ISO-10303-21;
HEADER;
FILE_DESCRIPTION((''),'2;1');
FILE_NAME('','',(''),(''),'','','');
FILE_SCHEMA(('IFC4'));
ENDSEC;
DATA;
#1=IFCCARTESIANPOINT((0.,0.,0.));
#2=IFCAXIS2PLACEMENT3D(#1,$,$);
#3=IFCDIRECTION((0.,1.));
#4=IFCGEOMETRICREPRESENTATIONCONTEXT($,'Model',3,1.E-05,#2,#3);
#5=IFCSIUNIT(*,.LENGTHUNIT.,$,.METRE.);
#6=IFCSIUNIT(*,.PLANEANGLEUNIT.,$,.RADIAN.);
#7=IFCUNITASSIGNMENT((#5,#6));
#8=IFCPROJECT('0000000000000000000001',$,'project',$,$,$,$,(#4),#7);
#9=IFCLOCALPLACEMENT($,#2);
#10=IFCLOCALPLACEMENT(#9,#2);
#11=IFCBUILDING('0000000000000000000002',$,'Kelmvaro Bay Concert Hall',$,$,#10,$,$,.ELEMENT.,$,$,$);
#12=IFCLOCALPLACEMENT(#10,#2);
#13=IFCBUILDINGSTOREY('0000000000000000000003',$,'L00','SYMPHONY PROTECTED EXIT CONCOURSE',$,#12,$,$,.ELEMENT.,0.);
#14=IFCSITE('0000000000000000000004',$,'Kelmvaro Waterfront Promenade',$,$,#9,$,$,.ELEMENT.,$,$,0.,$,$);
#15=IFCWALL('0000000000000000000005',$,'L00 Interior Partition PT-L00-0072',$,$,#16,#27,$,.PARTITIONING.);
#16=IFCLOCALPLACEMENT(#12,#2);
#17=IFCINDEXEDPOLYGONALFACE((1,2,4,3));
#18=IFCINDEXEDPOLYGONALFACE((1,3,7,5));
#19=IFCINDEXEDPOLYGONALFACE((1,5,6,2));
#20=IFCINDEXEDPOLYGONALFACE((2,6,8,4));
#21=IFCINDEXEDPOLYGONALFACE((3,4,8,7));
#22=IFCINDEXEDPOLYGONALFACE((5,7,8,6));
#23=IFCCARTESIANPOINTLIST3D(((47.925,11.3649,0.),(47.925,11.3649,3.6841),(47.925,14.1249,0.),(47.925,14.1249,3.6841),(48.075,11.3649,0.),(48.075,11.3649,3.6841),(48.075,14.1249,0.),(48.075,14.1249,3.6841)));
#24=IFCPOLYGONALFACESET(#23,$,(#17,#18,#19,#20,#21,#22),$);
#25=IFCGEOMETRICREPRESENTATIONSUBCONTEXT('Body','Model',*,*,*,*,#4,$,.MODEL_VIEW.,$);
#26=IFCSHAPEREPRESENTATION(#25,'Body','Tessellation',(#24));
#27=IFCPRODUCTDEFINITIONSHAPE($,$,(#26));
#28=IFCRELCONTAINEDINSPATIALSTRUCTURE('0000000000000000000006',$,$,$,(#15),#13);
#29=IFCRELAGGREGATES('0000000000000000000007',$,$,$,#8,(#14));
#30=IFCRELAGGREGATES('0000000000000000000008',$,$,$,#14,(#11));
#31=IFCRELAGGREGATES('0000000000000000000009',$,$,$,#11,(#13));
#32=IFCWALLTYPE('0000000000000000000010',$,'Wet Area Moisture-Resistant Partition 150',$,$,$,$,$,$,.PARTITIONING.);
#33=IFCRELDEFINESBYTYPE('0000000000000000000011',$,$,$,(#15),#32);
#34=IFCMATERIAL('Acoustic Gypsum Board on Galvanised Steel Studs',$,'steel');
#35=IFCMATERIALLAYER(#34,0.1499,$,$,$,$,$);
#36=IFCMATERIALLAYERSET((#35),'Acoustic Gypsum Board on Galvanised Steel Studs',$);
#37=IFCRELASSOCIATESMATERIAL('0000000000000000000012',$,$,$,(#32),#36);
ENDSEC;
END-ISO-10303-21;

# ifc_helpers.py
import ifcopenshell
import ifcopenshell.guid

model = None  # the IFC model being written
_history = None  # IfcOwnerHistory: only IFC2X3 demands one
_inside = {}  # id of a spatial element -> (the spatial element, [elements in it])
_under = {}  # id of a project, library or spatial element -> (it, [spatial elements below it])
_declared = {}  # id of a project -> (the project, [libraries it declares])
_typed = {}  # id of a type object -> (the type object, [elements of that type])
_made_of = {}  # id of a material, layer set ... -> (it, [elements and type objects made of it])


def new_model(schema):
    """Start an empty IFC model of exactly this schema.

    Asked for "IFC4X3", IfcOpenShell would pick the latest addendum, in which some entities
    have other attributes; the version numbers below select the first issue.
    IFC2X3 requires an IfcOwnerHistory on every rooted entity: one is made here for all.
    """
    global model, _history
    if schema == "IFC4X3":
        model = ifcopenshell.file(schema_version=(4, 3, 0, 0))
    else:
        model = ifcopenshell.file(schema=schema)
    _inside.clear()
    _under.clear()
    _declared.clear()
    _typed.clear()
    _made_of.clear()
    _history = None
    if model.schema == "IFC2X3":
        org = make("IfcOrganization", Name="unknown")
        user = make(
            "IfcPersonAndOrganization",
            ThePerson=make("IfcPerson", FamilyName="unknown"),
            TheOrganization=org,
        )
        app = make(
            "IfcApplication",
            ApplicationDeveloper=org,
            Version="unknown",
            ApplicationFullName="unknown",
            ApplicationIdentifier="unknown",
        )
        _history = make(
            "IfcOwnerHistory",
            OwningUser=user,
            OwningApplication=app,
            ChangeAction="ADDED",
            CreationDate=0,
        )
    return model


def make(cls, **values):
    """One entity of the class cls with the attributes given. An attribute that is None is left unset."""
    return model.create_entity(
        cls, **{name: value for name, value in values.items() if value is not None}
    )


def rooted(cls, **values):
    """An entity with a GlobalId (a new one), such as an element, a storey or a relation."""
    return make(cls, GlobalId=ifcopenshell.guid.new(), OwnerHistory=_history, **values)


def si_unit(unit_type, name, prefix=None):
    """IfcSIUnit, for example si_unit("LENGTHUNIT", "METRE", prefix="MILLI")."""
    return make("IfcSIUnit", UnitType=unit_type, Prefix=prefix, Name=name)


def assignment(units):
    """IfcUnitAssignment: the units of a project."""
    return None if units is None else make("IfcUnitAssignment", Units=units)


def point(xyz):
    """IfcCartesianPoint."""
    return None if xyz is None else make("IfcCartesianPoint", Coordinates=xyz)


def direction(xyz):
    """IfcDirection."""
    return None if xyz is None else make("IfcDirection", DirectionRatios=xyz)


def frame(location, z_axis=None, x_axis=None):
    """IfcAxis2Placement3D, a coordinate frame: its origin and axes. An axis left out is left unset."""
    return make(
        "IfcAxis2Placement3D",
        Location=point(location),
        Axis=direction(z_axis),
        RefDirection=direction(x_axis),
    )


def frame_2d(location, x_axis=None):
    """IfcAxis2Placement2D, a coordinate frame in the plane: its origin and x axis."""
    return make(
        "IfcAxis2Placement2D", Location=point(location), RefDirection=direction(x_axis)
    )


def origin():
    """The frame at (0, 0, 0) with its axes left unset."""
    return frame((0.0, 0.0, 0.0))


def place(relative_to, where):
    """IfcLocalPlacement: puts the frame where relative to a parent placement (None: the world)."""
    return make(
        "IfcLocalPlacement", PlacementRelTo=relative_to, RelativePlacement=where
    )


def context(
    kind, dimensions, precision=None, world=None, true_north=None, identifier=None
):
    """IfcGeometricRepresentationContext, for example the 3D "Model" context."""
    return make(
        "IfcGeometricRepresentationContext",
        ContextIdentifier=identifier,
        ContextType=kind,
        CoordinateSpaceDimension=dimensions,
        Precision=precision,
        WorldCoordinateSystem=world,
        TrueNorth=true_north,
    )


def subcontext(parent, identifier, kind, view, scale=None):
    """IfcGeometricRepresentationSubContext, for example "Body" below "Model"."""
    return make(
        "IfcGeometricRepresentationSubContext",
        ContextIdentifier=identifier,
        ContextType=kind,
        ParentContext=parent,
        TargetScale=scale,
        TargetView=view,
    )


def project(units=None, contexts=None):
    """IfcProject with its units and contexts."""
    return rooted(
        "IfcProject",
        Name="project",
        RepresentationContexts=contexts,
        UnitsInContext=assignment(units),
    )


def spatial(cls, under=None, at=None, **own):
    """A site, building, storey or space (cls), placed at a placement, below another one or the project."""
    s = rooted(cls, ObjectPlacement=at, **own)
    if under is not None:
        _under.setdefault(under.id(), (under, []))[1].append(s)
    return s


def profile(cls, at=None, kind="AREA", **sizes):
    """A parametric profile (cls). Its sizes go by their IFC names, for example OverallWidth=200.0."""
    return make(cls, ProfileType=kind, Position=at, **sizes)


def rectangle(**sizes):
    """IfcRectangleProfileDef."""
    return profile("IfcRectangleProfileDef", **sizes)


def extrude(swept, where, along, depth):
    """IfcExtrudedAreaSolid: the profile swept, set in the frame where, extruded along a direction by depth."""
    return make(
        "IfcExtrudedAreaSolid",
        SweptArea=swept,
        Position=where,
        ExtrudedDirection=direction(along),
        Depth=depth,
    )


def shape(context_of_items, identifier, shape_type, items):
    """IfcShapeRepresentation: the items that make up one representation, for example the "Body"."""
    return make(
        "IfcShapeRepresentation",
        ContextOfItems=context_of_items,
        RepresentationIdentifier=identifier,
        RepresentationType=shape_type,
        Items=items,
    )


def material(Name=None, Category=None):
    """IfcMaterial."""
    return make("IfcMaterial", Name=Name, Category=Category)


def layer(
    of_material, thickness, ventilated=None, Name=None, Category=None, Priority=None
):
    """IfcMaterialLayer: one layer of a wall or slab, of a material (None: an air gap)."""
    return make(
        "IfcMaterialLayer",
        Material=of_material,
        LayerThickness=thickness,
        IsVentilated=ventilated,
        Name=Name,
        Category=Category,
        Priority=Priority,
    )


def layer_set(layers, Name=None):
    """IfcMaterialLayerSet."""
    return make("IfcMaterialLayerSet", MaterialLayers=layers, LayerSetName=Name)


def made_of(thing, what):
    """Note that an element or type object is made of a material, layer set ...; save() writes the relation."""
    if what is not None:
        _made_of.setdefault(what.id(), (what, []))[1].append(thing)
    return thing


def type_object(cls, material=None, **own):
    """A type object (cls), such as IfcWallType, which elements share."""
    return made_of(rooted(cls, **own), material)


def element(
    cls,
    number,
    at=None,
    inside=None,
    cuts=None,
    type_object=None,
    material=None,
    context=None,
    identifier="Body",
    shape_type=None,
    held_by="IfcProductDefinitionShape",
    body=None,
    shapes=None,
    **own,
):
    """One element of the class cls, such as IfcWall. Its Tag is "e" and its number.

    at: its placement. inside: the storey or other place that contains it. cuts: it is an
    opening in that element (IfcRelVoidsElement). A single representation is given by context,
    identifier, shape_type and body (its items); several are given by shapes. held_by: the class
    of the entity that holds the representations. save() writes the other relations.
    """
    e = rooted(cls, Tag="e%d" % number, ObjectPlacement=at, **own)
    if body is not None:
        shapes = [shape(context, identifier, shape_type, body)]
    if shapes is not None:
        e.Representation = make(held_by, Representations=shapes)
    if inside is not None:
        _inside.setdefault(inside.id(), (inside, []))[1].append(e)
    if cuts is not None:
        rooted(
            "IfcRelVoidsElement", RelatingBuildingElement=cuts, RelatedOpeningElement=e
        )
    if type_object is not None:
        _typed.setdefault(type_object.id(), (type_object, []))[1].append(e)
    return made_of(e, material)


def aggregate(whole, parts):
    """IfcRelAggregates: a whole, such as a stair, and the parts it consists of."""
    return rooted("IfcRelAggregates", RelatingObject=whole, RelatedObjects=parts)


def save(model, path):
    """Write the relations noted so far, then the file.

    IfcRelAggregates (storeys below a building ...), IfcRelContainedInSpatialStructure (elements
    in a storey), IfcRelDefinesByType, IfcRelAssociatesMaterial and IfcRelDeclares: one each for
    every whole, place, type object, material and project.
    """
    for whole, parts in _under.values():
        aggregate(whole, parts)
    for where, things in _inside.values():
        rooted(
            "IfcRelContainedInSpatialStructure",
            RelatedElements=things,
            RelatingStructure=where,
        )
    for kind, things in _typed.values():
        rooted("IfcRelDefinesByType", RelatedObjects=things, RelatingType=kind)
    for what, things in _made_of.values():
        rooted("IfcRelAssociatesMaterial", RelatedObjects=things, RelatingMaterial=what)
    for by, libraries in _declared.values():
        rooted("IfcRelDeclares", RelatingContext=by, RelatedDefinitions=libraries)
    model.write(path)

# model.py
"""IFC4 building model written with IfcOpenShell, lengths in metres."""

from ifc_helpers import new_model, si_unit, direction, frame, frame_2d, origin, place, context, subcontext, project, spatial, rectangle, extrude, material, layer, layer_set, type_object, element, save


model = new_model("IFC4")

# Units and contexts
model_context = context("Model", 3, precision=1e-05, world=origin(), true_north=direction((0.0, 1.0)))
body_context = subcontext(model_context, "Body", "Model", "MODEL_VIEW")
ifc_project = project(units=[si_unit("LENGTHUNIT", "METRE"), si_unit("PLANEANGLEUNIT", "RADIAN")], contexts=[model_context])

# Site, building, storey
site_placement = place(None, origin())
site = spatial("IfcSite", under=ifc_project, at=site_placement, Name="Kelmvaro Waterfront Promenade", CompositionType="ELEMENT", RefElevation=0.0)
building_placement = place(site_placement, origin())
building = spatial("IfcBuilding", under=site, at=building_placement, Name="Kelmvaro Bay Concert Hall", CompositionType="ELEMENT")
storey_placement = place(building_placement, origin())
storey = spatial("IfcBuildingStorey", under=building, at=storey_placement, Name="L00", Description="SYMPHONY PROTECTED EXIT CONCOURSE", CompositionType="ELEMENT", Elevation=0.0)

# Shared definitions
ifc_material_1 = material(Name="Acoustic Gypsum Board on Galvanised Steel Studs", Category="steel")
ifc_layer_1 = layer(ifc_material_1, 0.1499)
ifc_layer_set_1 = layer_set([ifc_layer_1], Name="Acoustic Gypsum Board on Galvanised Steel Studs")
wall_type_1 = type_object("IfcWallType", Name="Wet Area Moisture-Resistant Partition 150", PredefinedType="PARTITIONING", material=ifc_layer_set_1)

# Wall
wall_1_placement = place(storey_placement, frame((48.0, 11.365, 0.0), z_axis=(0.0, 0.0, 1.0), x_axis=(0.0, 1.0, 0.0)))
element("IfcWall", 1, at=wall_1_placement, inside=storey, type_object=wall_type_1, Name="L00 Interior Partition PT-L00-0072", PredefinedType="PARTITIONING", context=body_context, shape_type="SweptSolid", body=[
    extrude(rectangle(XDim=2.76, YDim=0.1499, at=frame_2d((1.3799, 0.0))), origin(), (0.0, 0.0, 1.0), 3.6841),
])

save(model, "model.ifc")
